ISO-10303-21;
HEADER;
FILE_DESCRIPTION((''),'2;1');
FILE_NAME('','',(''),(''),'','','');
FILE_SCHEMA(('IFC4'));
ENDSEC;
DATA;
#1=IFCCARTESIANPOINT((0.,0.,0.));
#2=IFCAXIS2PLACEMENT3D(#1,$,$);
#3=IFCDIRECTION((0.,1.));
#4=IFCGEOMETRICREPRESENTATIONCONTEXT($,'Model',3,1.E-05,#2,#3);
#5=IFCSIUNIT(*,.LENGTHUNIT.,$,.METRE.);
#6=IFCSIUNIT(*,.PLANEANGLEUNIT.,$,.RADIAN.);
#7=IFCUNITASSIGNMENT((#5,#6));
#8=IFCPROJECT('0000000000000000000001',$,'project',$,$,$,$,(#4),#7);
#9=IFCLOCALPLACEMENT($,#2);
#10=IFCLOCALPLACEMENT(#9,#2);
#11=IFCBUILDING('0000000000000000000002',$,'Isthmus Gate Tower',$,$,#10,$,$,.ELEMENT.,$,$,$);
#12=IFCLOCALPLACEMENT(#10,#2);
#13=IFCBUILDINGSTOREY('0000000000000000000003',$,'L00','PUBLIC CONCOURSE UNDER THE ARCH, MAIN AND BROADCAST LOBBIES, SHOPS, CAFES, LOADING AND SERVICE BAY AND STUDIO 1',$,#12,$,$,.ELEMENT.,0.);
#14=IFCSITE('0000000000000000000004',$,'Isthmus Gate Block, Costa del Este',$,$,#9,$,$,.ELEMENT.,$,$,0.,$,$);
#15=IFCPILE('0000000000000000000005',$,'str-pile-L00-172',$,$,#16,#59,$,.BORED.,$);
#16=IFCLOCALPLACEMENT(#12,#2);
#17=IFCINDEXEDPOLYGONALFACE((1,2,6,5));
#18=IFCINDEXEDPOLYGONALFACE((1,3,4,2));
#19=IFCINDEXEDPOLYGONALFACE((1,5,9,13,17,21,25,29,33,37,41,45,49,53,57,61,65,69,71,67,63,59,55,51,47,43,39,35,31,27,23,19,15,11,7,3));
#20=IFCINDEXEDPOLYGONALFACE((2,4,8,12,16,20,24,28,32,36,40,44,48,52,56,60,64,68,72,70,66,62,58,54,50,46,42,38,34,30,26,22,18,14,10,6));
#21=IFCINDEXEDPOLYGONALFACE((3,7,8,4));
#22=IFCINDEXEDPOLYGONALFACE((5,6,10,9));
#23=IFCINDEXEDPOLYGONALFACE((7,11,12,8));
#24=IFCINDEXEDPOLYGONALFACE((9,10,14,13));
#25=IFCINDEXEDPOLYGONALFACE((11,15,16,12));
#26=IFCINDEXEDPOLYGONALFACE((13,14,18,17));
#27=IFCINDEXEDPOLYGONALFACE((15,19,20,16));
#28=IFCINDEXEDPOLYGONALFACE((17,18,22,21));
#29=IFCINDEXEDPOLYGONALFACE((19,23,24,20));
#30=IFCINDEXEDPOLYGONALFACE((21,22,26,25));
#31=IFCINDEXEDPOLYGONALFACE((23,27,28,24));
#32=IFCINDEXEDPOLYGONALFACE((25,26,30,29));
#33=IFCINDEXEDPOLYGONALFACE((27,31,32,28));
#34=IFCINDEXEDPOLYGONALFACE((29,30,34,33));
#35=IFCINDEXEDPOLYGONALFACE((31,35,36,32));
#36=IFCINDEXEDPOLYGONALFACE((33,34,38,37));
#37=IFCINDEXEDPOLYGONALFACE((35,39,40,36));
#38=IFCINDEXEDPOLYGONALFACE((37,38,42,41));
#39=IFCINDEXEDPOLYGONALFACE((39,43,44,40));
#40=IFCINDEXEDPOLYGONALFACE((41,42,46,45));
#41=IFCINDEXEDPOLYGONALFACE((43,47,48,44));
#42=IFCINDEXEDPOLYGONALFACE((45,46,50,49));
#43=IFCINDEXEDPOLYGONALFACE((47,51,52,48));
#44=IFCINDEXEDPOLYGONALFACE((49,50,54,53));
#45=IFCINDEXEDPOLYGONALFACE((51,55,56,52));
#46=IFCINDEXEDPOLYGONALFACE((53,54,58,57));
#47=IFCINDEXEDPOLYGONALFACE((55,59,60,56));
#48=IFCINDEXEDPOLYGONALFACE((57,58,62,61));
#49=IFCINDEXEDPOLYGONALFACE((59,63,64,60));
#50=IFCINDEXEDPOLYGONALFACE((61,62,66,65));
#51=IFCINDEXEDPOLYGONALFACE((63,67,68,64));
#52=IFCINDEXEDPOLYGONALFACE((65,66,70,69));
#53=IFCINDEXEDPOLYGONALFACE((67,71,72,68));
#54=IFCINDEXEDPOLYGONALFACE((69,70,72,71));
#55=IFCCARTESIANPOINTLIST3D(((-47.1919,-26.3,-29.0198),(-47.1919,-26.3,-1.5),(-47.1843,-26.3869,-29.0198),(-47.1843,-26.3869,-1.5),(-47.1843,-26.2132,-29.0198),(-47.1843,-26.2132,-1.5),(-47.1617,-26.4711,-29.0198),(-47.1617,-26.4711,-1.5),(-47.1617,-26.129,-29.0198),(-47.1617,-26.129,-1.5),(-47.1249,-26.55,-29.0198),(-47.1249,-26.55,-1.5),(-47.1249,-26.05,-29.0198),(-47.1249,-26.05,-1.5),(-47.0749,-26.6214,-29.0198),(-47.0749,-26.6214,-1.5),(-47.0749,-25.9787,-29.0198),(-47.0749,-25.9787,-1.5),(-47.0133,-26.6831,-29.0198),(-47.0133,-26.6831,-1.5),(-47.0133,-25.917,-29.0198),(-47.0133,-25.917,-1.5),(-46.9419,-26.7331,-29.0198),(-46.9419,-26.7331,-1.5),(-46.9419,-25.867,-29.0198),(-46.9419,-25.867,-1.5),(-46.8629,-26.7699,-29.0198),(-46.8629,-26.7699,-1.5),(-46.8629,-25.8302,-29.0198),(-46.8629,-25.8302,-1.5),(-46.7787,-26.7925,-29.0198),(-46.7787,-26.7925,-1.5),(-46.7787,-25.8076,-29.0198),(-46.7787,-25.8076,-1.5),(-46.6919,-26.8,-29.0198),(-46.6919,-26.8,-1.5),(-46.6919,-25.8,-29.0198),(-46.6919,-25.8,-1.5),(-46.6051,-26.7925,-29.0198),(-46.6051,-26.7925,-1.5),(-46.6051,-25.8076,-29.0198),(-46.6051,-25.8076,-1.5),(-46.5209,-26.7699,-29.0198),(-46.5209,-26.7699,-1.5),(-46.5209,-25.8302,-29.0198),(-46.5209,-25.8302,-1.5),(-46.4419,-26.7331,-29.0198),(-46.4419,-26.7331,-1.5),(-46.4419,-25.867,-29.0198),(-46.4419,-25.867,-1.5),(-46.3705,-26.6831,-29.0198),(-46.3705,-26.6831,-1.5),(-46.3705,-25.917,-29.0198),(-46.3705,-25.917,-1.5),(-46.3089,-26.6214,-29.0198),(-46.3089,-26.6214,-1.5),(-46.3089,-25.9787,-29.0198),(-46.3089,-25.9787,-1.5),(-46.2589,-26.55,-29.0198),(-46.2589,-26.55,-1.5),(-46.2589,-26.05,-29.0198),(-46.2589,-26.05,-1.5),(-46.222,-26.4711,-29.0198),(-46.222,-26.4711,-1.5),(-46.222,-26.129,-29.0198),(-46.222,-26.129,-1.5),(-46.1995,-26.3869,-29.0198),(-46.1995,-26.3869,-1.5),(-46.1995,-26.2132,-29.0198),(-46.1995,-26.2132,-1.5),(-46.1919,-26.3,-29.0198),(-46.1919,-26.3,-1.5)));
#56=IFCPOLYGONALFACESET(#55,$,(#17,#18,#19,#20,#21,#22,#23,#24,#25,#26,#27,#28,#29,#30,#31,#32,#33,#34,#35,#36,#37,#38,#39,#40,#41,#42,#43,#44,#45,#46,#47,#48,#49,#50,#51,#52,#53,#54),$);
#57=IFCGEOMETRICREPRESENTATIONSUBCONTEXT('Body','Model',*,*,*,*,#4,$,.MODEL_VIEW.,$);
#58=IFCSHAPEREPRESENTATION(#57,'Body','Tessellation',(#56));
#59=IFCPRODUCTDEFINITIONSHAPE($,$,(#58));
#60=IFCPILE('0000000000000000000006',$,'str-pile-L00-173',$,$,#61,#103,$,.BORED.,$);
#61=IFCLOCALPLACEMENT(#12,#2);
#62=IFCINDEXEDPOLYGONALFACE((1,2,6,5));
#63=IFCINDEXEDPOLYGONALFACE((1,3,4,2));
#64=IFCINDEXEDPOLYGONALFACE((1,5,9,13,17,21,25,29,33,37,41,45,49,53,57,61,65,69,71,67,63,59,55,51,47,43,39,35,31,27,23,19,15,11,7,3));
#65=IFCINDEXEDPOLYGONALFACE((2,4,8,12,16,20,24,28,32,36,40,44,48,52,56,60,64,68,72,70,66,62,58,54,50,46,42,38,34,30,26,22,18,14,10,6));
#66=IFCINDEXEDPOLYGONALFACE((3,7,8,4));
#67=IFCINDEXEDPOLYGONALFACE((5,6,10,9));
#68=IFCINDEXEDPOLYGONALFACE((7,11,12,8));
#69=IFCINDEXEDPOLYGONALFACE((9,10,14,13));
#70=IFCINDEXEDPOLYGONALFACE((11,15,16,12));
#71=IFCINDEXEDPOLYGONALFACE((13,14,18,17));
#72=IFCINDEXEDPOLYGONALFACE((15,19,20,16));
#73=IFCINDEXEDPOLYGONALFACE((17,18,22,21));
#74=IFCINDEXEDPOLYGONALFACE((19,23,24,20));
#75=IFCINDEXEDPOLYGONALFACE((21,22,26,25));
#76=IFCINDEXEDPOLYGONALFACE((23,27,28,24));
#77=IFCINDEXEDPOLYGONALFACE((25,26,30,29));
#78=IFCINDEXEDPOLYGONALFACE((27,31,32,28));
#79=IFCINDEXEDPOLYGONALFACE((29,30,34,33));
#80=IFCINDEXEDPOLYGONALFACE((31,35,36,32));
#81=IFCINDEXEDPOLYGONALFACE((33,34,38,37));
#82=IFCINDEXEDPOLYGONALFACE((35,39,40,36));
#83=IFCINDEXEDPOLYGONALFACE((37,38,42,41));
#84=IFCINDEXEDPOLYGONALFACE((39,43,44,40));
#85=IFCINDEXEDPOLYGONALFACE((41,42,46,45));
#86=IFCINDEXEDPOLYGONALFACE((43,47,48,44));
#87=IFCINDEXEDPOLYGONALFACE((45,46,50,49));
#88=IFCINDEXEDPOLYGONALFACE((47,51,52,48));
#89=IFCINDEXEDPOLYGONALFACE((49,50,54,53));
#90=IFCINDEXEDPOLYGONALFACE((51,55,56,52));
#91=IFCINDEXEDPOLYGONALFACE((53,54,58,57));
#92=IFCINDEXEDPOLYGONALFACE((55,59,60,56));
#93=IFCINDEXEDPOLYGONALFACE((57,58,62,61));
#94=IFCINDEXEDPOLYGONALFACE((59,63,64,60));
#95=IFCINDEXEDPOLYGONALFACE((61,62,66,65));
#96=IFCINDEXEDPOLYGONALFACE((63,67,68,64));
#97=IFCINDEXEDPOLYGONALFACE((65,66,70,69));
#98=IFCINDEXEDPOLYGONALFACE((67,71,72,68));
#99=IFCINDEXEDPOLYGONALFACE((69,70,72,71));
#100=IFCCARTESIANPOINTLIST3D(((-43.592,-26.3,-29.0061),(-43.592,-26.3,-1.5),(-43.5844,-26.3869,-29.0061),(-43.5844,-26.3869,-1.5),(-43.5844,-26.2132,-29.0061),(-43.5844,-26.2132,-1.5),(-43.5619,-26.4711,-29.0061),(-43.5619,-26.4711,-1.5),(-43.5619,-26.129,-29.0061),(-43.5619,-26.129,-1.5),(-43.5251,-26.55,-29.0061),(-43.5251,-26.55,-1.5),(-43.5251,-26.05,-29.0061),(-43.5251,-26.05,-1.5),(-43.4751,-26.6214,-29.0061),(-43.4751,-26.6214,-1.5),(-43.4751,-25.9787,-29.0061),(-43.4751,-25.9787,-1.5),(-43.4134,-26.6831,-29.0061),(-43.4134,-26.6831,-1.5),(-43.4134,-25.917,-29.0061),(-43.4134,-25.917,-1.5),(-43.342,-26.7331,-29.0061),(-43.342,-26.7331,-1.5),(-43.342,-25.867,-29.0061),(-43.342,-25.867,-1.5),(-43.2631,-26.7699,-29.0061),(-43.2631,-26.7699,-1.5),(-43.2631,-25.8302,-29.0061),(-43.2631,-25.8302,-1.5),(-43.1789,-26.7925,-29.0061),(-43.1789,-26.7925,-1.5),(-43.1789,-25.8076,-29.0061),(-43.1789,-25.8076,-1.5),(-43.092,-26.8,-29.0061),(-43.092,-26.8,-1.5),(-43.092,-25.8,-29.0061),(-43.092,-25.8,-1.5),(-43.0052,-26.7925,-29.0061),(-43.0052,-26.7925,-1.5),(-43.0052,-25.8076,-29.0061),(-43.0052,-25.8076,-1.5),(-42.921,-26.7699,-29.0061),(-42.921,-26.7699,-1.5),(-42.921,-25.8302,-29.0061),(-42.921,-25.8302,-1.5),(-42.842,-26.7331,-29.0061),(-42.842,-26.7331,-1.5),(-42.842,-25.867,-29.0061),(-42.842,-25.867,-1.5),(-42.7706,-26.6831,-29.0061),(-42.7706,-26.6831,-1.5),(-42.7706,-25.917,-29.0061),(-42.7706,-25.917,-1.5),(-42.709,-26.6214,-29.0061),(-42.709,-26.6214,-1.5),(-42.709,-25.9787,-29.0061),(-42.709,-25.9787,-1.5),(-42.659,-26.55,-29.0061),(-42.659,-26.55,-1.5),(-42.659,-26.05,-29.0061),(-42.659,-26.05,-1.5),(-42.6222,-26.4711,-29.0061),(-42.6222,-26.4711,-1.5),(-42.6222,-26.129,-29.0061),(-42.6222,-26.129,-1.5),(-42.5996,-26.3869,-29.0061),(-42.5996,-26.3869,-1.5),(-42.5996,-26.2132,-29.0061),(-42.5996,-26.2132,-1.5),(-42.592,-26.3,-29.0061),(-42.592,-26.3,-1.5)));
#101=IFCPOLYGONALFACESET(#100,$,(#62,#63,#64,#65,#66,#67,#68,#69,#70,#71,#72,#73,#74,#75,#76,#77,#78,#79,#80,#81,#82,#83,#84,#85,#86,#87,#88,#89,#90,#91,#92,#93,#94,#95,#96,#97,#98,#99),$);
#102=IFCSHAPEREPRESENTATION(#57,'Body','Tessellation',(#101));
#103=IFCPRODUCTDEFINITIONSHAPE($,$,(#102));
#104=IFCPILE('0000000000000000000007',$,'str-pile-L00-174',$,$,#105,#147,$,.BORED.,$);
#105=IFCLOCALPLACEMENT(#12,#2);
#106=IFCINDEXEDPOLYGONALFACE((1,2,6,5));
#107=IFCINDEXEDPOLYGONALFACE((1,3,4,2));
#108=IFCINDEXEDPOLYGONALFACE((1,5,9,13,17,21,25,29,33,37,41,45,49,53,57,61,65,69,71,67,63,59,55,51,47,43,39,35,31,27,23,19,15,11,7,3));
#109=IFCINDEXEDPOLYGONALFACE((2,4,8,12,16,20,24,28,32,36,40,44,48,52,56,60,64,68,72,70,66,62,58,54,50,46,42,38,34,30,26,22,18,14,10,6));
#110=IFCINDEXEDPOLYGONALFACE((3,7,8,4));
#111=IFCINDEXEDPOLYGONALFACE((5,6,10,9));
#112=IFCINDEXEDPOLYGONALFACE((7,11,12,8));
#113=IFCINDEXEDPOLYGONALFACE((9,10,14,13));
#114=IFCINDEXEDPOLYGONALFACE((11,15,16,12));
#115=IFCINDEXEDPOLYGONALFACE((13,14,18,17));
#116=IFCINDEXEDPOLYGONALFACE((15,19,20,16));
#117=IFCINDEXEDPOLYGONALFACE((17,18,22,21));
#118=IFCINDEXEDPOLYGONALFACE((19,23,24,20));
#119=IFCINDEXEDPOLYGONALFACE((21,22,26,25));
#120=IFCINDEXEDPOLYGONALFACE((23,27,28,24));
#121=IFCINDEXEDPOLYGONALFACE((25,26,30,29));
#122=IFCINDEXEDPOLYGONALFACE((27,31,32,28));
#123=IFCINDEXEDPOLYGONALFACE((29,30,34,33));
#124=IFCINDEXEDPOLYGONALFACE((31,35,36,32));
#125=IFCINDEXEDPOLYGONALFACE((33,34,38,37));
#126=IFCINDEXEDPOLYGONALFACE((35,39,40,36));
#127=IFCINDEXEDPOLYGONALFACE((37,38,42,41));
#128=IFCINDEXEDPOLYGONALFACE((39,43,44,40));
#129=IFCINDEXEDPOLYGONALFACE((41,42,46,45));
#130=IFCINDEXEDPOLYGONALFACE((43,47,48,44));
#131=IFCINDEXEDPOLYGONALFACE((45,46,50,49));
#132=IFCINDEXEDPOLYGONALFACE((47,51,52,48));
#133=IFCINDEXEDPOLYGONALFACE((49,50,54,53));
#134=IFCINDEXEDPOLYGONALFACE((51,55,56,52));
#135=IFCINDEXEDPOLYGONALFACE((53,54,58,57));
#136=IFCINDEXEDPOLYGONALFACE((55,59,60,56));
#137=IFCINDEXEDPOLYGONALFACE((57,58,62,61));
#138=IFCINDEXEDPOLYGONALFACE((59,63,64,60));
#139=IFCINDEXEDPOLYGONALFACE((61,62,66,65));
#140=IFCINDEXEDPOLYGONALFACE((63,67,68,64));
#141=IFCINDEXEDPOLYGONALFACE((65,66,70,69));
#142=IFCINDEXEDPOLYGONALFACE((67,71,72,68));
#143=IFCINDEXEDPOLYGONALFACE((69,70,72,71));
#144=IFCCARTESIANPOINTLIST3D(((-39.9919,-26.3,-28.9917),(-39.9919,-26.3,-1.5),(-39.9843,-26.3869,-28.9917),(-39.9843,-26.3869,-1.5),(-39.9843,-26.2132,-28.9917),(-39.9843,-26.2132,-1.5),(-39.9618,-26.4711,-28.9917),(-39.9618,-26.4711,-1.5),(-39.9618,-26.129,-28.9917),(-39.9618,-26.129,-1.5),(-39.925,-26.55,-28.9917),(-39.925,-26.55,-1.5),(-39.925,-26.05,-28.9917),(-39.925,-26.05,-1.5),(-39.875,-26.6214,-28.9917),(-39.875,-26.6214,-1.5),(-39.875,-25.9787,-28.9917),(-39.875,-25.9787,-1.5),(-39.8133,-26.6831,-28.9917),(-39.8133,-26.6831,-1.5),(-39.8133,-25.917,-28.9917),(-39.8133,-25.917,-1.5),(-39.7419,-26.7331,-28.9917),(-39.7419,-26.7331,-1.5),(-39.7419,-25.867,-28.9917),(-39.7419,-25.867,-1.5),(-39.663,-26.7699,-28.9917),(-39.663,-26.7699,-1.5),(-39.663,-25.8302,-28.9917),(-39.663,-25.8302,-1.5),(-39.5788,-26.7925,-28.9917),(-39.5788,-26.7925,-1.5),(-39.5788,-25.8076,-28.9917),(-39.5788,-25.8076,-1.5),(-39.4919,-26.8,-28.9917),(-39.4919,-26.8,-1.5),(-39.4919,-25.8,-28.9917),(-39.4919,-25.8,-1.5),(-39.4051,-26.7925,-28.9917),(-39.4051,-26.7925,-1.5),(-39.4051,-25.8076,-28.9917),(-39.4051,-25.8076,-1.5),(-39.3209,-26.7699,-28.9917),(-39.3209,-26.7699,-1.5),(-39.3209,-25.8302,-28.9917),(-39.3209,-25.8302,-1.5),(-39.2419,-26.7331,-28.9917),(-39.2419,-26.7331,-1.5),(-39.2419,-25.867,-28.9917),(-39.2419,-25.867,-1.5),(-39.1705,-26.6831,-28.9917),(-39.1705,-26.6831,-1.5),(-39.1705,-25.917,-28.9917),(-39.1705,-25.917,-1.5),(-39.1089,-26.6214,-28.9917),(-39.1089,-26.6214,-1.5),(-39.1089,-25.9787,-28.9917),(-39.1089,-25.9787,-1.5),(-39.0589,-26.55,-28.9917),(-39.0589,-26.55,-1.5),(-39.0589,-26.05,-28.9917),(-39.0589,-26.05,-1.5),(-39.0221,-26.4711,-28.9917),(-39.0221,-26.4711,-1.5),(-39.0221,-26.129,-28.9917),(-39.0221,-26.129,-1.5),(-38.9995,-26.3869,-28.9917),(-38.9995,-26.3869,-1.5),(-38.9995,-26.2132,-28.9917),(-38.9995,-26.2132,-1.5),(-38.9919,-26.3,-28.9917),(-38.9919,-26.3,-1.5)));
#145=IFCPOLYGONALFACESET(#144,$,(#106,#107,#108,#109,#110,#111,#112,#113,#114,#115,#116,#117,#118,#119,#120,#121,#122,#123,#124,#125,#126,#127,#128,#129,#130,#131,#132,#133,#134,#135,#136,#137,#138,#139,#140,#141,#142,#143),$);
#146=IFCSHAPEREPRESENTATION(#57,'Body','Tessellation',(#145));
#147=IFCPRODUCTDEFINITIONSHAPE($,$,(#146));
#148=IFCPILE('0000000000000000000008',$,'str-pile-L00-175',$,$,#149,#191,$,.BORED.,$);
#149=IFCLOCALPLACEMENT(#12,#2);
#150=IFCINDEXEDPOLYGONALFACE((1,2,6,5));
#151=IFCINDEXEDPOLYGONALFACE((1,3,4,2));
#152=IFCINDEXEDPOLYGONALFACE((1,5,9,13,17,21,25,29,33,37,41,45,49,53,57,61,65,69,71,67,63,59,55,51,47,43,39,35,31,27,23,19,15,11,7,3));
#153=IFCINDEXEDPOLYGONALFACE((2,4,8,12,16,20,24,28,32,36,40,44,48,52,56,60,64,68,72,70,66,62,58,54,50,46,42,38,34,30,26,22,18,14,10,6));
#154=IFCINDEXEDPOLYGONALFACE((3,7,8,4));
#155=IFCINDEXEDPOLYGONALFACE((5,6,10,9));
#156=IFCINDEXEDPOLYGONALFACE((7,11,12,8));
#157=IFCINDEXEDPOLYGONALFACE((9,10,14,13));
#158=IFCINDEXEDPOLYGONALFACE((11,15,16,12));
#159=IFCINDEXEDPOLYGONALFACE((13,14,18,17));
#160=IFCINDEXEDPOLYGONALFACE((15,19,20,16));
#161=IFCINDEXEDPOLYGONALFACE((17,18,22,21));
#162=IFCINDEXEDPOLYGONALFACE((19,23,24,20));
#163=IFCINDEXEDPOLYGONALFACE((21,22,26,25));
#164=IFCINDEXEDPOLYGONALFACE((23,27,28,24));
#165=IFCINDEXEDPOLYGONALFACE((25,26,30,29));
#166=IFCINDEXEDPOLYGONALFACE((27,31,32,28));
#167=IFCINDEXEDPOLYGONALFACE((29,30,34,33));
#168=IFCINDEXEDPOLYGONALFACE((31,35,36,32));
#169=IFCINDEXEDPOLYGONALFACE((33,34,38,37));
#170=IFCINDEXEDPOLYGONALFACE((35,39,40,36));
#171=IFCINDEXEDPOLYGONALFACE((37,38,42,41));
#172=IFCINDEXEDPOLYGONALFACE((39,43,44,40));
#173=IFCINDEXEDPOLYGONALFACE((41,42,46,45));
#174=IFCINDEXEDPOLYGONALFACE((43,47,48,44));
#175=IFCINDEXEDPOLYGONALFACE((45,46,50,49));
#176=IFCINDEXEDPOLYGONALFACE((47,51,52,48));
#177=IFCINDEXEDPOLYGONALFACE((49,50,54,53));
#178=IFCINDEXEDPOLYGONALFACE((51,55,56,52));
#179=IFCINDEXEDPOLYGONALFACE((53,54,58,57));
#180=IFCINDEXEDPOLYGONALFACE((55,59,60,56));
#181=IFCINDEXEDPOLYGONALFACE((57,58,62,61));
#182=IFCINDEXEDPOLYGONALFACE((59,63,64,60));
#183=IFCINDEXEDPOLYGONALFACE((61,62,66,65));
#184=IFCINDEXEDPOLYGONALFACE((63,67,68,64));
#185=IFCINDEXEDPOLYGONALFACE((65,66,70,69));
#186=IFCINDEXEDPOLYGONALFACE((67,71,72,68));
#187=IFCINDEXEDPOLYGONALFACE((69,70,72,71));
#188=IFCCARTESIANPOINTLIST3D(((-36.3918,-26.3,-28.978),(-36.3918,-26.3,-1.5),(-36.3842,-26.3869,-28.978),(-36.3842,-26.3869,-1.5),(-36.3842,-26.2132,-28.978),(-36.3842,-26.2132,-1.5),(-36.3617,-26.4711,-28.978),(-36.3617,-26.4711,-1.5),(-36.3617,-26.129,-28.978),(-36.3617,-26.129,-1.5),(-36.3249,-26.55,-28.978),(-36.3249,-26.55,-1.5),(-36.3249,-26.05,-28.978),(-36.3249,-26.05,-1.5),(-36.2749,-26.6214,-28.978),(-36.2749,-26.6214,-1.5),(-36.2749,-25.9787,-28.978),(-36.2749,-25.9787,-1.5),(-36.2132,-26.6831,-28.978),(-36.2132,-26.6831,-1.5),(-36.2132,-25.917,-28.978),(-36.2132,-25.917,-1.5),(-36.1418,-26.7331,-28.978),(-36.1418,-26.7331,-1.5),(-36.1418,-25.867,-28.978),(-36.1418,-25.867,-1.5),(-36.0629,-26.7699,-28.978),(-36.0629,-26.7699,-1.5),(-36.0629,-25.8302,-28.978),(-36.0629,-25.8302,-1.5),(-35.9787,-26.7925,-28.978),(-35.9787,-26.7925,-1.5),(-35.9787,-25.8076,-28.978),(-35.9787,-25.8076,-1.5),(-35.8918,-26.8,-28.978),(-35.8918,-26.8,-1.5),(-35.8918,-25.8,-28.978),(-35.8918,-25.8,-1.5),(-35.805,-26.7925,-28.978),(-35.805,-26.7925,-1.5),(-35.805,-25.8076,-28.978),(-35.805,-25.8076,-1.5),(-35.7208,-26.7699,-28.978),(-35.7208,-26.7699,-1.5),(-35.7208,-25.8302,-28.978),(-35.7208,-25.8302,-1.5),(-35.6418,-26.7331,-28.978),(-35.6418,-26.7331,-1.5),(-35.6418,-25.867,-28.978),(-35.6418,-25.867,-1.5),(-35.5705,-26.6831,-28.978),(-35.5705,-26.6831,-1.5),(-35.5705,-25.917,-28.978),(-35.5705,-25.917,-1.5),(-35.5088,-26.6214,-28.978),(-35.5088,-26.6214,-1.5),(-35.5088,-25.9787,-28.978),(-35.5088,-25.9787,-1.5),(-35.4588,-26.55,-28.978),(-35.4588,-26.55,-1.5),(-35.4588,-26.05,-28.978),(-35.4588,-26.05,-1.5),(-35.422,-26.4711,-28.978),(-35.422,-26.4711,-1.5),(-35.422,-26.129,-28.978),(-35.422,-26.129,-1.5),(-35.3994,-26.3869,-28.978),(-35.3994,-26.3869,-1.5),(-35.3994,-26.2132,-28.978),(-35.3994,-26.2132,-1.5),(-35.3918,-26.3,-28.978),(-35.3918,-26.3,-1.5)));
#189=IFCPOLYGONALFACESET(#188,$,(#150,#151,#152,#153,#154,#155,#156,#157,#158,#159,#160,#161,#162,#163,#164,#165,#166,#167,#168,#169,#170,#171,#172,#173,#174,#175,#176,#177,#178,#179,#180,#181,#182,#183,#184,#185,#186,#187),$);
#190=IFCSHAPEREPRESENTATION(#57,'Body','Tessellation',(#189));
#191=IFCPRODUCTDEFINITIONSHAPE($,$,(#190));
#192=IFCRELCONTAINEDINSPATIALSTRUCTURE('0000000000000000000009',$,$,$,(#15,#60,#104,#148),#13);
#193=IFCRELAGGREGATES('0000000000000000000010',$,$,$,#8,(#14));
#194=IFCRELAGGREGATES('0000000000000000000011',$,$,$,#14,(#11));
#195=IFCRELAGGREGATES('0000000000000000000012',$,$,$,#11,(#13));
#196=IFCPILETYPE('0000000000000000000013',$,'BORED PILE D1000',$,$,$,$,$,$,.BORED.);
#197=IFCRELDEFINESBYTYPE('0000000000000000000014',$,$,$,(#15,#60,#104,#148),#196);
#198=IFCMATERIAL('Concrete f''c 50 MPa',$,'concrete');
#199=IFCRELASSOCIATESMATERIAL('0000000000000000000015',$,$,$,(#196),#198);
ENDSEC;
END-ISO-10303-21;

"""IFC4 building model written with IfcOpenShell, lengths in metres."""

from ifc_helpers import new_model, si_unit, direction, frame, origin, origin_2d, place, context, subcontext, project, spatial, circle, extrude, material, material_profile, profile_set, type_object, element, save


model = new_model("IFC4")

# Units and contexts
model_context = context("Model", 3, precision=1e-05, world=origin(), true_north=direction((0.0, 1.0)))
body_context = subcontext(model_context, "Body", "Model", "MODEL_VIEW")
ifc_project = project(units=[si_unit("LENGTHUNIT", "METRE"), si_unit("PLANEANGLEUNIT", "RADIAN")], contexts=[model_context])

# Site, building, storey
site_placement = place(None, origin())
site = spatial("IfcSite", under=ifc_project, at=site_placement, Name="Isthmus Gate Block, Costa del Este", CompositionType="ELEMENT", RefElevation=0.0)
building_placement = place(site_placement, origin())
building = spatial("IfcBuilding", under=site, at=building_placement, Name="Isthmus Gate Tower", CompositionType="ELEMENT")
storey_placement = place(building_placement, origin())
storey = spatial("IfcBuildingStorey", under=building, at=storey_placement, Name="L00", Description="PUBLIC CONCOURSE UNDER THE ARCH, MAIN AND BROADCAST LOBBIES, SHOPS, CAFES, LOADING AND SERVICE BAY AND STUDIO 1", CompositionType="ELEMENT", Elevation=0.0)

# Piles
ifc_material_1 = material(Name="Concrete f'c 50 MPa", Category="concrete")
ifc_material_profile_1 = material_profile(ifc_material_1, circle(Radius=0.5, at=origin_2d()), Name="D1000")
ifc_profile_set_1 = profile_set([ifc_material_profile_1], Name="Concrete f'c 50 MPa")
pile_type = type_object("IfcPileType", Name="BORED PILE D1000", PredefinedType="BORED", material=ifc_profile_set_1)
pile_1_placement = place(storey_placement, frame((-46.6919, -26.3, -1.5), z_axis=(0.0, 0.0, -1.0), x_axis=(1.0, 0.0, 0.0)))
element("IfcPile", 1, at=pile_1_placement, inside=storey, type_object=pile_type, Name="str-pile-L00-172", PredefinedType="BORED", context=body_context, shape_type="SweptSolid", body=[
    extrude(circle(Radius=0.5, at=origin_2d()), origin(), (0.0, 0.0, 1.0), 27.5198),
])
pile_2_placement = place(storey_placement, frame((-43.092, -26.3, -1.5), z_axis=(0.0, 0.0, -1.0), x_axis=(1.0, 0.0, 0.0)))
element("IfcPile", 2, at=pile_2_placement, inside=storey, type_object=pile_type, Name="str-pile-L00-173", PredefinedType="BORED", context=body_context, shape_type="SweptSolid", body=[
    extrude(circle(Radius=0.5, at=origin_2d()), origin(), (0.0, 0.0, 1.0), 27.5061),
])
pile_3_placement = place(storey_placement, frame((-39.4919, -26.3, -1.5), z_axis=(0.0, 0.0, -1.0), x_axis=(1.0, 0.0, 0.0)))
element("IfcPile", 3, at=pile_3_placement, inside=storey, type_object=pile_type, Name="str-pile-L00-174", PredefinedType="BORED", context=body_context, shape_type="SweptSolid", body=[
    extrude(circle(Radius=0.5, at=origin_2d()), origin(), (0.0, 0.0, 1.0), 27.4917),
])
pile_4_placement = place(storey_placement, frame((-35.8918, -26.3, -1.5), z_axis=(0.0, 0.0, -1.0), x_axis=(1.0, 0.0, 0.0)))
element("IfcPile", 4, at=pile_4_placement, inside=storey, type_object=pile_type, Name="str-pile-L00-175", PredefinedType="BORED", context=body_context, shape_type="SweptSolid", body=[
    extrude(circle(Radius=0.5, at=origin_2d()), origin(), (0.0, 0.0, 1.0), 27.478),
])

save(model, "model.ifc")
